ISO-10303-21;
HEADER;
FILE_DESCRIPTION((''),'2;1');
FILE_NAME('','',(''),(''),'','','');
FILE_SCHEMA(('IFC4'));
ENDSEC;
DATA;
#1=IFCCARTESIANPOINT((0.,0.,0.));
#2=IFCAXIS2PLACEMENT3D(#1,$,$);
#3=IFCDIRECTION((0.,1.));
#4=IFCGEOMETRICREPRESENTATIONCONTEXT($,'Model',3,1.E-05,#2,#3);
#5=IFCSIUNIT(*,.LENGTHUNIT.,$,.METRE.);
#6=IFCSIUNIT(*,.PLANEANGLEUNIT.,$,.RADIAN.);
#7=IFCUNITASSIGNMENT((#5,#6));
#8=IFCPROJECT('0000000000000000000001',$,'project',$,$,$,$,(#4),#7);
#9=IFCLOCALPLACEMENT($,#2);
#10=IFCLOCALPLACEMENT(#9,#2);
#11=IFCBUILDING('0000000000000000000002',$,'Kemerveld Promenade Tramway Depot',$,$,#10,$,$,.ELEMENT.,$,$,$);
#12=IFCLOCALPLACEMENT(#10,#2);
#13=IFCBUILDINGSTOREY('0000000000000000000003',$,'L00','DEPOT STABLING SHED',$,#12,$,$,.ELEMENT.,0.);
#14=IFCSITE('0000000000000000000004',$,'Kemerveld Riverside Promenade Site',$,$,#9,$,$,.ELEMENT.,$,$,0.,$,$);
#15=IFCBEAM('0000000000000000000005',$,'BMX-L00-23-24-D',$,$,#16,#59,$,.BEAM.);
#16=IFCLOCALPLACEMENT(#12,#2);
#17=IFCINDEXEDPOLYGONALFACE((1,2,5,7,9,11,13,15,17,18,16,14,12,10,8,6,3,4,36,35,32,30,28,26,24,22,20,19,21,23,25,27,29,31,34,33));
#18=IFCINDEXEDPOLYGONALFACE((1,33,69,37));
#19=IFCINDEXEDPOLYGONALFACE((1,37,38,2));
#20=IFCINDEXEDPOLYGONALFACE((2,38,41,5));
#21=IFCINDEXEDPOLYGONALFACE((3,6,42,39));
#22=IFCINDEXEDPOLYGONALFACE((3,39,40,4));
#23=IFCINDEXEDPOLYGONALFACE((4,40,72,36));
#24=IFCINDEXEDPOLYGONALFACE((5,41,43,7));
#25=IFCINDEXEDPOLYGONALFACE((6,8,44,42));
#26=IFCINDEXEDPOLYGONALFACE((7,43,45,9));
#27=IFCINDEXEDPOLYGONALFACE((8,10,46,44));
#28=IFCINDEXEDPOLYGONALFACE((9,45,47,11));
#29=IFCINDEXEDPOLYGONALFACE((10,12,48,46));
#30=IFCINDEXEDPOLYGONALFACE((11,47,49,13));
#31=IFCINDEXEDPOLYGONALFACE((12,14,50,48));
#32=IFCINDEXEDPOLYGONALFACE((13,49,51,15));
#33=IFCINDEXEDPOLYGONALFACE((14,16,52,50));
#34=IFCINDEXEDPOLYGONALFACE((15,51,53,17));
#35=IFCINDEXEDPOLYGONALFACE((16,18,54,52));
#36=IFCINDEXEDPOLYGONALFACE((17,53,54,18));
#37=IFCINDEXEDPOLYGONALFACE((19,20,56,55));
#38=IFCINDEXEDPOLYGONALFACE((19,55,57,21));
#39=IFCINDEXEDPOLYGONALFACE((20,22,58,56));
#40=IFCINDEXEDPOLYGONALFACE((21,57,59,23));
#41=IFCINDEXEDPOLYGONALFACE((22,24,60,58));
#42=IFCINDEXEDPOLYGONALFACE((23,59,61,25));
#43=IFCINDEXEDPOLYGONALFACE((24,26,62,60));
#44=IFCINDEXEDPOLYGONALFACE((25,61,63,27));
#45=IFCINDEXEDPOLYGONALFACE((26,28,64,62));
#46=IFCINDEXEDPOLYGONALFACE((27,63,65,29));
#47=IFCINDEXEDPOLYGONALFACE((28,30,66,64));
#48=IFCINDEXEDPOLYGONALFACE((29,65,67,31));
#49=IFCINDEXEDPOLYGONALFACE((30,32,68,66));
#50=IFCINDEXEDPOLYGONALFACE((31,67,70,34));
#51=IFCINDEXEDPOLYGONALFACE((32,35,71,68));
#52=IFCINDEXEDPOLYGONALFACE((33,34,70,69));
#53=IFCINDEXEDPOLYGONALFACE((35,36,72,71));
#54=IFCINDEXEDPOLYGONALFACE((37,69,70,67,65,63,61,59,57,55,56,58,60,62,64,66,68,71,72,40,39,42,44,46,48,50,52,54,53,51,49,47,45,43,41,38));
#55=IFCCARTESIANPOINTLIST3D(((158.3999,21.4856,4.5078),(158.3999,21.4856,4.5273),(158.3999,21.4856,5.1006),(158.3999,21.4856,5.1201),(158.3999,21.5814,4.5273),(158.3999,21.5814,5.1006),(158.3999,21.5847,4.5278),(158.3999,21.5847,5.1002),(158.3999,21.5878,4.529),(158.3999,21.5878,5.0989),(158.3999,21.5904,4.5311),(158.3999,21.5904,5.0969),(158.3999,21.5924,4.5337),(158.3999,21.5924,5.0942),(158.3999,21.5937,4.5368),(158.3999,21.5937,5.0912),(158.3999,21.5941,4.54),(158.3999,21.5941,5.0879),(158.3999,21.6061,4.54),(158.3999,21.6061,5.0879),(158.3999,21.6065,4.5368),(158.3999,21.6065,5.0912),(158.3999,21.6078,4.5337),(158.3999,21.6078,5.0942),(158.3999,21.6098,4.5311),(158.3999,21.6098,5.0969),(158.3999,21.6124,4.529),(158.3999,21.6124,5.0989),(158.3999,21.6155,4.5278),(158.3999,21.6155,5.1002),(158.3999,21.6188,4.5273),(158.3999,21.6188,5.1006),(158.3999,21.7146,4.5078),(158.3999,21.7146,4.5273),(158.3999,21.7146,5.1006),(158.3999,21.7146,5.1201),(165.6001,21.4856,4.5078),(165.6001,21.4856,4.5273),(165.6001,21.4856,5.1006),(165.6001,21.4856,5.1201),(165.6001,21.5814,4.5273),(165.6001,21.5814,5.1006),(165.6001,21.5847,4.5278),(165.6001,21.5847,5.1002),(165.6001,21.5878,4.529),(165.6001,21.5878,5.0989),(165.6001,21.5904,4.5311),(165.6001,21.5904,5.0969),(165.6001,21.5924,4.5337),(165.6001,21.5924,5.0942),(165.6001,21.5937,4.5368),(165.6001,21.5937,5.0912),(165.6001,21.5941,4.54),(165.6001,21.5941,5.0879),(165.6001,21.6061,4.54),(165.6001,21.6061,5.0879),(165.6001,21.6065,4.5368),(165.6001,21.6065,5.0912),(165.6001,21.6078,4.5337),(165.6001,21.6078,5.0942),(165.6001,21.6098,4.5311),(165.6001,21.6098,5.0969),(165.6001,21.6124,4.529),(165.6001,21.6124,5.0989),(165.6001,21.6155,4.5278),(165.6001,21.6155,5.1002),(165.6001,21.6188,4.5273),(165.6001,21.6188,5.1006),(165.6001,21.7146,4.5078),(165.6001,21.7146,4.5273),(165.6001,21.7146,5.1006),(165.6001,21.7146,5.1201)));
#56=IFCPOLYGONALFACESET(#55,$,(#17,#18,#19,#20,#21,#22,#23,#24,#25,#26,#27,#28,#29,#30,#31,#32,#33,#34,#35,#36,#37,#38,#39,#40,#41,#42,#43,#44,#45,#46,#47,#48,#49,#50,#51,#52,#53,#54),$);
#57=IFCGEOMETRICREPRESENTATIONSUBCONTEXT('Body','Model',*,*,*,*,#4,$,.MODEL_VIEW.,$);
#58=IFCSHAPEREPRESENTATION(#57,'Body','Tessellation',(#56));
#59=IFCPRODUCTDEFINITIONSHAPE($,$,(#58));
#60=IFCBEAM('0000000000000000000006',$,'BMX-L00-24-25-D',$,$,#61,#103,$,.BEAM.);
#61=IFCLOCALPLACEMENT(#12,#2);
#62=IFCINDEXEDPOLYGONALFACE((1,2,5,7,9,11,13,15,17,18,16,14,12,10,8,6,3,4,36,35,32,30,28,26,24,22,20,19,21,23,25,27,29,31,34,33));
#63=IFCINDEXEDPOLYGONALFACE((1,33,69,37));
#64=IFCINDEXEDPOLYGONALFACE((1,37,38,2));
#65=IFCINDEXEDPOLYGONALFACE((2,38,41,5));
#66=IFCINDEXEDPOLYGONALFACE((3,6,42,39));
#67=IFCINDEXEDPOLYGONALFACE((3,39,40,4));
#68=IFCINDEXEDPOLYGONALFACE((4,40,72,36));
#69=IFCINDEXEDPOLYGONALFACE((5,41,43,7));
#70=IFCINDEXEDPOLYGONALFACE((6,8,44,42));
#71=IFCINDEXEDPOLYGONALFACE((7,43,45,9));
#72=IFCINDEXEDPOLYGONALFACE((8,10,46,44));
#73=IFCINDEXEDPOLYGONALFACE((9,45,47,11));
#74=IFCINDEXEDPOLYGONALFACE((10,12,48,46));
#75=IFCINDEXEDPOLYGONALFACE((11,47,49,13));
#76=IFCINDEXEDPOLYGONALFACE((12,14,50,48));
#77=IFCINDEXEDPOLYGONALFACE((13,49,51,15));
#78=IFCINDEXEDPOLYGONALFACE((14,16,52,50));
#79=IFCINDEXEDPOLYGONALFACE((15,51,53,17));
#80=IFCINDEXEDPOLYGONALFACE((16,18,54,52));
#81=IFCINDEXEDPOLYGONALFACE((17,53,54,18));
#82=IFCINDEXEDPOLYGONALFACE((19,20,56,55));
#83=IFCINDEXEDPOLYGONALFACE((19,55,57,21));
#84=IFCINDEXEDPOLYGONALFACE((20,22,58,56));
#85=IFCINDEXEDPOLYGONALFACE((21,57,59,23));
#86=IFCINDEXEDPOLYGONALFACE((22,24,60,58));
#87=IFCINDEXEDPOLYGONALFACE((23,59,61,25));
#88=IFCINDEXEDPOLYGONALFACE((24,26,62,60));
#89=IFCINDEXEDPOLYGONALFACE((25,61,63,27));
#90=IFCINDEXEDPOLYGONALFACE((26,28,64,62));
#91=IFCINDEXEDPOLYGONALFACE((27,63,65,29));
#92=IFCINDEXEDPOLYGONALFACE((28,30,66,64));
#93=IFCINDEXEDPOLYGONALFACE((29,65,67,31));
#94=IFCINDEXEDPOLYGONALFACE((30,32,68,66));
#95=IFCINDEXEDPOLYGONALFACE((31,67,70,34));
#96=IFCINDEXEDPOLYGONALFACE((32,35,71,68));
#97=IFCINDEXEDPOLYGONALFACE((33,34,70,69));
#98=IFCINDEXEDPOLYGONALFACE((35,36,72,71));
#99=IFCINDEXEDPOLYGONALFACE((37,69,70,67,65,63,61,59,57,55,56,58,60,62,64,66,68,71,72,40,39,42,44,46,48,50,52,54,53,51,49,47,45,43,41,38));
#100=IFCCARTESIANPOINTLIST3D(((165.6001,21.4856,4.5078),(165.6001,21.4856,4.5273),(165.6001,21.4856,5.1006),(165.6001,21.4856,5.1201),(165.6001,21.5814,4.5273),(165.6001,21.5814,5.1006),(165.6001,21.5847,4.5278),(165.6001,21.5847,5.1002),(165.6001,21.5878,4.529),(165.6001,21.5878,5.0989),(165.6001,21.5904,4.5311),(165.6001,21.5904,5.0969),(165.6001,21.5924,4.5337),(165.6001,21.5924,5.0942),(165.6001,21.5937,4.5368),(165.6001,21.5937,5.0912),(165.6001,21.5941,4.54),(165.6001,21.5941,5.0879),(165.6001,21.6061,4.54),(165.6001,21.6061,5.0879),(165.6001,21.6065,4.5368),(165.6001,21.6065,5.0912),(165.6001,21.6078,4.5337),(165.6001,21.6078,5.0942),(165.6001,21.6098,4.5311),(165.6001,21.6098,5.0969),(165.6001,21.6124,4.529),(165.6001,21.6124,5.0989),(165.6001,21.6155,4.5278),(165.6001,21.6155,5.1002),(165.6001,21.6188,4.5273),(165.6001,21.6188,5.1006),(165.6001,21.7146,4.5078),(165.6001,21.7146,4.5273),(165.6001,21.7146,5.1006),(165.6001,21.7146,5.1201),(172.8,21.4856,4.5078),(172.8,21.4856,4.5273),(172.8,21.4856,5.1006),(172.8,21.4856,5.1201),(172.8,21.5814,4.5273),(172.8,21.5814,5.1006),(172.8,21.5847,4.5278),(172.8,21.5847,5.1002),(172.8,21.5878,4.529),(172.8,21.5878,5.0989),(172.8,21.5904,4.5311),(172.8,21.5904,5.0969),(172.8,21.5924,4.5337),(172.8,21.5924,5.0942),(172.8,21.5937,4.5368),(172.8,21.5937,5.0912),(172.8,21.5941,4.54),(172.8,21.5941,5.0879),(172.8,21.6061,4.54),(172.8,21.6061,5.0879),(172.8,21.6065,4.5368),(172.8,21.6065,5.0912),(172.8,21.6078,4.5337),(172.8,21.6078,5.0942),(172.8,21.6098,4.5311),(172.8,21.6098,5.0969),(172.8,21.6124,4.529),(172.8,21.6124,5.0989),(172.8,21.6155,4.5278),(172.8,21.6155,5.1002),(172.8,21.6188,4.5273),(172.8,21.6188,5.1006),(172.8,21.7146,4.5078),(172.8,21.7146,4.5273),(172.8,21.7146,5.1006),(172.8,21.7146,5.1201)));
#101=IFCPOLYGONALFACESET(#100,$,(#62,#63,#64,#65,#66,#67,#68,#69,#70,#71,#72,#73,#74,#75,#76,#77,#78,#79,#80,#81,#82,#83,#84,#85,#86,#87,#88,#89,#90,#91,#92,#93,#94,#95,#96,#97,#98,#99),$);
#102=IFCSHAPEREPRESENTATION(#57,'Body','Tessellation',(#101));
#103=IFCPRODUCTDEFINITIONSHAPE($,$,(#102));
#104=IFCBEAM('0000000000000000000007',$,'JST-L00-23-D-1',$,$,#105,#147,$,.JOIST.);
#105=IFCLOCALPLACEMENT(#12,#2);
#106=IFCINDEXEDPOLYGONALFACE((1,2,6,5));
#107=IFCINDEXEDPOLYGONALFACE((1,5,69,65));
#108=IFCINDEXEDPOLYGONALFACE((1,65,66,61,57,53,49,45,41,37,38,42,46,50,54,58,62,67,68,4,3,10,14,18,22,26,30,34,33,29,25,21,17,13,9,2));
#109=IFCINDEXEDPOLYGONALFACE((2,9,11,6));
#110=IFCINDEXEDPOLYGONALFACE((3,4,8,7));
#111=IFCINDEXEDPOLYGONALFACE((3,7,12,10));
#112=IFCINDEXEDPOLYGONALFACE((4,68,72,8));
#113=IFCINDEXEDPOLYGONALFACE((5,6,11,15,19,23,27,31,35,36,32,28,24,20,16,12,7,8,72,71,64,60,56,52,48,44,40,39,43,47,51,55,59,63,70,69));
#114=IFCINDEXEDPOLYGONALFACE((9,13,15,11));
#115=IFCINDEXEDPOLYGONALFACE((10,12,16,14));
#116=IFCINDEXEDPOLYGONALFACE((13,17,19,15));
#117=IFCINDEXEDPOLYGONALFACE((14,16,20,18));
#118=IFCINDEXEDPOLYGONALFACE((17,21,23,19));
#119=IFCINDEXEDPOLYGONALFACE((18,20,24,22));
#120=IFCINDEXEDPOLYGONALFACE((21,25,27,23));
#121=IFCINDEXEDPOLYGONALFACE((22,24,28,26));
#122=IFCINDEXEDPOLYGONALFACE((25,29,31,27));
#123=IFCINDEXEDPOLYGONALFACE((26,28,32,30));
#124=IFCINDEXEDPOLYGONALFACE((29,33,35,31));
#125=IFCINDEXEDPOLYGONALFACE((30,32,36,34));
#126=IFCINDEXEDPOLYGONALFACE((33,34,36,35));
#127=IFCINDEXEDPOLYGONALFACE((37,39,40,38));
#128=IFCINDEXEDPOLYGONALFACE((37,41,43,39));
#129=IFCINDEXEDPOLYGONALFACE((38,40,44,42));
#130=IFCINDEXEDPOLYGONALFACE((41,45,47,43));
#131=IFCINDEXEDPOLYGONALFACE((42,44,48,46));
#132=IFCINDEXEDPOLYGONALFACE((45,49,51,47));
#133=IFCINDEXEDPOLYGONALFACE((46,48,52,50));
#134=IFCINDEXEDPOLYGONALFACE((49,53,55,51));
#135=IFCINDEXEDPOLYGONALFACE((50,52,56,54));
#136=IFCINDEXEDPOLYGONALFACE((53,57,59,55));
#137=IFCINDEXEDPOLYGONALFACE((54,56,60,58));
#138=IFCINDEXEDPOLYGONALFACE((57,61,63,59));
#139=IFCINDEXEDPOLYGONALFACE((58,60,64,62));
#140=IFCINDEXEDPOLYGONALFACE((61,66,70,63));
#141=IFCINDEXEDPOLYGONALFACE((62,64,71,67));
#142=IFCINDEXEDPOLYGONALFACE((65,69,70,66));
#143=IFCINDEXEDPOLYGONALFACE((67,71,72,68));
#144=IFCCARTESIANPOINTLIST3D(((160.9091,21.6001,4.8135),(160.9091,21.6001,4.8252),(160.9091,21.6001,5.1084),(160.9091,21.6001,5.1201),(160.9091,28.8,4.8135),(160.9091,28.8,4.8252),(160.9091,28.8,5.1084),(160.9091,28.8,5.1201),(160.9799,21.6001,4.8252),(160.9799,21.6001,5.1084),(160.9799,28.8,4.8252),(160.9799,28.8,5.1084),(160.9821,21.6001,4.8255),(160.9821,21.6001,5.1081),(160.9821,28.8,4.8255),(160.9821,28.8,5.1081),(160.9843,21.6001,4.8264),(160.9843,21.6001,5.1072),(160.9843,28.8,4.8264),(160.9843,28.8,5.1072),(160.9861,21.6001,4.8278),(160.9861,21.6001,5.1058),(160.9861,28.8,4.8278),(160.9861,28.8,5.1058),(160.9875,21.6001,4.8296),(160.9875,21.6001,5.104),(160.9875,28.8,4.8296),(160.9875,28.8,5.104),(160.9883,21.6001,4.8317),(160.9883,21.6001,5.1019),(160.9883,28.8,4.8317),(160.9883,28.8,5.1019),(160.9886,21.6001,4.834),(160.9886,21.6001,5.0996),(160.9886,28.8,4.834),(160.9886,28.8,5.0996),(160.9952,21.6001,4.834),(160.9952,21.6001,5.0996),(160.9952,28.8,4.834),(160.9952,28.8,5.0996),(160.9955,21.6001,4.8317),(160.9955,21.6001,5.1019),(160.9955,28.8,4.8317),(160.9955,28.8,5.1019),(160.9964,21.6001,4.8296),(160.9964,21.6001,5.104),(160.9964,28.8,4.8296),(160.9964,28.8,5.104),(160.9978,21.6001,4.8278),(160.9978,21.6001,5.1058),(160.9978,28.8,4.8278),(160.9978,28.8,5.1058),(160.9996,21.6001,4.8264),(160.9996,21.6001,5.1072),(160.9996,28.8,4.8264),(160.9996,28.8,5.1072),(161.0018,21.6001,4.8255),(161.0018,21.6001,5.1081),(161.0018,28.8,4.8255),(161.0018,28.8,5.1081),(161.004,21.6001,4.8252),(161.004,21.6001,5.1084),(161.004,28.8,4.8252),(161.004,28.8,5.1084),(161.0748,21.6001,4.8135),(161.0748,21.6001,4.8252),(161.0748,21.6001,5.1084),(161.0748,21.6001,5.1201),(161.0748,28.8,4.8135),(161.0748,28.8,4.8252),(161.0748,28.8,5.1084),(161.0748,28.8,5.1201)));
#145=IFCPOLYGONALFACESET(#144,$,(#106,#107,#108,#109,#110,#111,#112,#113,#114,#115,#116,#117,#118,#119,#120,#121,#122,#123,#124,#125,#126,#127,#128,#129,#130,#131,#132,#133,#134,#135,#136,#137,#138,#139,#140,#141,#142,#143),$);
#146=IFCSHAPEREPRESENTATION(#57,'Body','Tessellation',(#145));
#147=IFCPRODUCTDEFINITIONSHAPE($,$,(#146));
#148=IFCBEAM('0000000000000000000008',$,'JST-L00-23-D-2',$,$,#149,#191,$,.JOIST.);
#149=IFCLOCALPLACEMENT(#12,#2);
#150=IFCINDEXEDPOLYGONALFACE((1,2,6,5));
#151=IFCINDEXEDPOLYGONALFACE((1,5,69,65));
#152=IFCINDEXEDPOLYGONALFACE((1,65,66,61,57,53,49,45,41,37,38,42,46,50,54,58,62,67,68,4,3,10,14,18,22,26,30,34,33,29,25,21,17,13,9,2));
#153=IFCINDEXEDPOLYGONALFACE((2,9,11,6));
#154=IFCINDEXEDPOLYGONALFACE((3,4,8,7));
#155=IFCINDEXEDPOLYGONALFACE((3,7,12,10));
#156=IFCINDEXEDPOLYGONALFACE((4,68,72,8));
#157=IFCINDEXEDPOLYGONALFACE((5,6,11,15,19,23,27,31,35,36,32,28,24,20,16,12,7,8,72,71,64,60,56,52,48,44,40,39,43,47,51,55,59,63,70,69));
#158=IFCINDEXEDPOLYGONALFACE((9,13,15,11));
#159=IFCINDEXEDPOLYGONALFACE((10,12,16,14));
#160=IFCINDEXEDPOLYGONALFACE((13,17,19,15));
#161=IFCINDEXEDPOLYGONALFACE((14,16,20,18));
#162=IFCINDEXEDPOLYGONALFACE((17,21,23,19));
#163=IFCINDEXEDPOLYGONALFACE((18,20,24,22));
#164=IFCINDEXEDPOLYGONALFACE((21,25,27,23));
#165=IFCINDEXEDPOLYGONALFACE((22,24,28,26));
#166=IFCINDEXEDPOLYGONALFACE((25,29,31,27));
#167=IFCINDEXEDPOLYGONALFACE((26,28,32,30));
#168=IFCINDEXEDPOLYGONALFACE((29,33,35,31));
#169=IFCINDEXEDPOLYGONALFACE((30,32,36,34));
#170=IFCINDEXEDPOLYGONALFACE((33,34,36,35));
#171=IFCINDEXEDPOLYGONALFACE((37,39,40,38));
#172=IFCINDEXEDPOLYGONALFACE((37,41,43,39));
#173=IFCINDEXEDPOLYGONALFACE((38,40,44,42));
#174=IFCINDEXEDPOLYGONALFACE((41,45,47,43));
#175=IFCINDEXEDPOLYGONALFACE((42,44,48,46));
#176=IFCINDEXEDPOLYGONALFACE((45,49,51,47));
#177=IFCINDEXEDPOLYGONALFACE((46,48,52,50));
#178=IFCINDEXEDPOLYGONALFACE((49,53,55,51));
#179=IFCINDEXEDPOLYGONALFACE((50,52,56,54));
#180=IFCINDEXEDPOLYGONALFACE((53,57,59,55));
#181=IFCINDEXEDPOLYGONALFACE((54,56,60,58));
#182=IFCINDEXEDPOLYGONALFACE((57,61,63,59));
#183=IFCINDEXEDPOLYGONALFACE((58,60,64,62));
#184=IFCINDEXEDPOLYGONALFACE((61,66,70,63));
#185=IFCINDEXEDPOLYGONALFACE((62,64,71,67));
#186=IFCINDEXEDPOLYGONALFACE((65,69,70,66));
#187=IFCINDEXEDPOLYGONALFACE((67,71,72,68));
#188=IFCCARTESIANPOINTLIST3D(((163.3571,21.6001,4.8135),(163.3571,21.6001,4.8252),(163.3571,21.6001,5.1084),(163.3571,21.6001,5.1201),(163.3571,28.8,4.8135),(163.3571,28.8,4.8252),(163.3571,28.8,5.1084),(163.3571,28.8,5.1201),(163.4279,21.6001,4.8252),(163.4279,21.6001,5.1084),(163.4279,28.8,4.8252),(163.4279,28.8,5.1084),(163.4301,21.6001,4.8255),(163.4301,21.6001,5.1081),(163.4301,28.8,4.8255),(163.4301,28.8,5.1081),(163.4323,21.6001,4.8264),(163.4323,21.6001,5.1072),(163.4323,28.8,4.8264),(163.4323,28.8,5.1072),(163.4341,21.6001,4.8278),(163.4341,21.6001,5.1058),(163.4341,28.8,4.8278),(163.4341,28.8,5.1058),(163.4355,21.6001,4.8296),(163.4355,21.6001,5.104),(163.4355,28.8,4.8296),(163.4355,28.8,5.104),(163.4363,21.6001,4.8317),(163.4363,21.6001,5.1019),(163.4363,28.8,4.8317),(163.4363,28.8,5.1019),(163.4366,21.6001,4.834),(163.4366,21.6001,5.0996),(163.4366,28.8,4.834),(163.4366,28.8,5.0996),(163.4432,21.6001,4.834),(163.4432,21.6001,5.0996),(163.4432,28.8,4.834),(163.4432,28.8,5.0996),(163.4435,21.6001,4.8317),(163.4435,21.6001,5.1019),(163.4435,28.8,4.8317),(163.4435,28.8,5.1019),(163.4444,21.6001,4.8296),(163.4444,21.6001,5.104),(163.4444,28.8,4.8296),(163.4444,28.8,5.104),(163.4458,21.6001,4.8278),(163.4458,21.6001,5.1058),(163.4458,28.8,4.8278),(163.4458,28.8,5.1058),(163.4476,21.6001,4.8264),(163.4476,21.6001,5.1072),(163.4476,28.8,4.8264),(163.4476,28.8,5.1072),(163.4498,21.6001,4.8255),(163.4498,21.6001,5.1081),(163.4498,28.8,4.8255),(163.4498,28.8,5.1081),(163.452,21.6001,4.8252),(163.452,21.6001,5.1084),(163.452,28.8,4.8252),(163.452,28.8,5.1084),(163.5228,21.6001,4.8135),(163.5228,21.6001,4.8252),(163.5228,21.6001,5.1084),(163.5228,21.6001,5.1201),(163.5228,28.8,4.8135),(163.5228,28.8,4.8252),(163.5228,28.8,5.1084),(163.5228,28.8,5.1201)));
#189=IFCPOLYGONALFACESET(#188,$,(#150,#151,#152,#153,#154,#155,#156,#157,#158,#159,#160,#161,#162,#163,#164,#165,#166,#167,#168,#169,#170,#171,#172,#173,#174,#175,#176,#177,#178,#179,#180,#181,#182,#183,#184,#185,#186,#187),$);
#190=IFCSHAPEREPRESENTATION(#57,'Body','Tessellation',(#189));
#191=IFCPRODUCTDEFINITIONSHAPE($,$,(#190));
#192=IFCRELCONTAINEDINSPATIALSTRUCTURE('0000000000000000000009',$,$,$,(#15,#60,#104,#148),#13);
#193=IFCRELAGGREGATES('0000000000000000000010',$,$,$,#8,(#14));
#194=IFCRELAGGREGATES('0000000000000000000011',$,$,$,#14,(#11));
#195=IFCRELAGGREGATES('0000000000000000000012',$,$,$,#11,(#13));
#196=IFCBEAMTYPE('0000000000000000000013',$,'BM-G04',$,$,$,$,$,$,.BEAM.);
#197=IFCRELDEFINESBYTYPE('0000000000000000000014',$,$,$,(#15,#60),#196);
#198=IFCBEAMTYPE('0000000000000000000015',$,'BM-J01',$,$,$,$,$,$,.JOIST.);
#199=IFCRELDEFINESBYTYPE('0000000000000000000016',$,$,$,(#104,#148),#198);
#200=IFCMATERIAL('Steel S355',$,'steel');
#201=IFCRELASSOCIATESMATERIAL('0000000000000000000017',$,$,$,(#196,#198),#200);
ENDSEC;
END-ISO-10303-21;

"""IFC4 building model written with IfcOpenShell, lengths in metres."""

from ifc_helpers import new_model, si_unit, direction, frame, origin, origin_2d, place, context, subcontext, project, spatial, i_section, extrude, material, material_profile, profile_set, type_object, element, save


model = new_model("IFC4")

# Units and contexts
model_context = context("Model", 3, precision=1e-05, world=origin(), true_north=direction((0.0, 1.0)))
body_context = subcontext(model_context, "Body", "Model", "MODEL_VIEW")
ifc_project = project(units=[si_unit("LENGTHUNIT", "METRE"), si_unit("PLANEANGLEUNIT", "RADIAN")], contexts=[model_context])

# Site, building, storey
site_placement = place(None, origin())
site = spatial("IfcSite", under=ifc_project, at=site_placement, Name="Kemerveld Riverside Promenade Site", CompositionType="ELEMENT", RefElevation=0.0)
building_placement = place(site_placement, origin())
building = spatial("IfcBuilding", under=site, at=building_placement, Name="Kemerveld Promenade Tramway Depot", CompositionType="ELEMENT")
storey_placement = place(building_placement, origin())
storey = spatial("IfcBuildingStorey", under=building, at=storey_placement, Name="L00", Description="DEPOT STABLING SHED", CompositionType="ELEMENT", Elevation=0.0)

# Shared definitions
ifc_material_1 = material(Name="Steel S355", Category="steel")

# Beams
ifc_material_profile_1 = material_profile(ifc_material_1, i_section(OverallWidth=0.229, OverallDepth=0.6123, WebThickness=0.012, FlangeThickness=0.0195, FilletRadius=0.0127, at=origin_2d()), Name="610x229x125 UB")
ifc_profile_set_1 = profile_set([ifc_material_profile_1], Name="Steel S355")
beam_type_1 = type_object("IfcBeamType", Name="BM-G04", PredefinedType="BEAM", material=ifc_profile_set_1)
beam_1_placement = place(storey_placement, frame((158.3999, 21.6001, 4.814), z_axis=(1.0, 0.0, 0.0), x_axis=(0.0, 1.0, 0.0)))
element("IfcBeam", 1, at=beam_1_placement, inside=storey, type_object=beam_type_1, Name="BMX-L00-23-24-D", PredefinedType="BEAM", context=body_context, shape_type="SweptSolid", body=[
    extrude(i_section(OverallWidth=0.229, OverallDepth=0.6123, WebThickness=0.012, FlangeThickness=0.0195, FilletRadius=0.0127, at=origin_2d()), origin(), (0.0, 0.0, 1.0), 7.2002),
])
beam_2_placement = place(storey_placement, frame((165.6001, 21.6001, 4.814), z_axis=(1.0, 0.0, 0.0), x_axis=(0.0, 1.0, 0.0)))
element("IfcBeam", 2, at=beam_2_placement, inside=storey, type_object=beam_type_1, Name="BMX-L00-24-25-D", PredefinedType="BEAM", context=body_context, shape_type="SweptSolid", body=[
    extrude(i_section(OverallWidth=0.229, OverallDepth=0.6123, WebThickness=0.012, FlangeThickness=0.0195, FilletRadius=0.0127, at=origin_2d()), origin(), (0.0, 0.0, 1.0), 7.2),
])
ifc_material_profile_2 = material_profile(ifc_material_1, i_section(OverallWidth=0.1658, OverallDepth=0.3066, WebThickness=0.0066, FlangeThickness=0.0117, FilletRadius=0.0088, at=origin_2d()), Name="305x165x46 UB")
ifc_profile_set_2 = profile_set([ifc_material_profile_2], Name="Steel S355")
beam_type_2 = type_object("IfcBeamType", Name="BM-J01", PredefinedType="JOIST", material=ifc_profile_set_2)
for number, where, z_axis, x_axis, name in (
    (3, (160.9919, 21.6001, 4.9668), (0.0, 1.0, 0.0), (-1.0, 0.0, 0.0), "JST-L00-23-D-1"),
    (4, (163.4399, 21.6001, 4.9668), (0.0, 1.0, 0.0), (-1.0, 0.0, 0.0), "JST-L00-23-D-2"),
):
    element("IfcBeam", number, at=place(storey_placement, frame(where, z_axis=z_axis, x_axis=x_axis)), inside=storey, type_object=beam_type_2, Name=name, PredefinedType="JOIST", context=body_context, shape_type="SweptSolid", body=[
        extrude(i_section(OverallWidth=0.1658, OverallDepth=0.3066, WebThickness=0.0066, FlangeThickness=0.0117, FilletRadius=0.0088, at=origin_2d()), origin(), (0.0, 0.0, 1.0), 7.2),
    ])

save(model, "model.ifc")
